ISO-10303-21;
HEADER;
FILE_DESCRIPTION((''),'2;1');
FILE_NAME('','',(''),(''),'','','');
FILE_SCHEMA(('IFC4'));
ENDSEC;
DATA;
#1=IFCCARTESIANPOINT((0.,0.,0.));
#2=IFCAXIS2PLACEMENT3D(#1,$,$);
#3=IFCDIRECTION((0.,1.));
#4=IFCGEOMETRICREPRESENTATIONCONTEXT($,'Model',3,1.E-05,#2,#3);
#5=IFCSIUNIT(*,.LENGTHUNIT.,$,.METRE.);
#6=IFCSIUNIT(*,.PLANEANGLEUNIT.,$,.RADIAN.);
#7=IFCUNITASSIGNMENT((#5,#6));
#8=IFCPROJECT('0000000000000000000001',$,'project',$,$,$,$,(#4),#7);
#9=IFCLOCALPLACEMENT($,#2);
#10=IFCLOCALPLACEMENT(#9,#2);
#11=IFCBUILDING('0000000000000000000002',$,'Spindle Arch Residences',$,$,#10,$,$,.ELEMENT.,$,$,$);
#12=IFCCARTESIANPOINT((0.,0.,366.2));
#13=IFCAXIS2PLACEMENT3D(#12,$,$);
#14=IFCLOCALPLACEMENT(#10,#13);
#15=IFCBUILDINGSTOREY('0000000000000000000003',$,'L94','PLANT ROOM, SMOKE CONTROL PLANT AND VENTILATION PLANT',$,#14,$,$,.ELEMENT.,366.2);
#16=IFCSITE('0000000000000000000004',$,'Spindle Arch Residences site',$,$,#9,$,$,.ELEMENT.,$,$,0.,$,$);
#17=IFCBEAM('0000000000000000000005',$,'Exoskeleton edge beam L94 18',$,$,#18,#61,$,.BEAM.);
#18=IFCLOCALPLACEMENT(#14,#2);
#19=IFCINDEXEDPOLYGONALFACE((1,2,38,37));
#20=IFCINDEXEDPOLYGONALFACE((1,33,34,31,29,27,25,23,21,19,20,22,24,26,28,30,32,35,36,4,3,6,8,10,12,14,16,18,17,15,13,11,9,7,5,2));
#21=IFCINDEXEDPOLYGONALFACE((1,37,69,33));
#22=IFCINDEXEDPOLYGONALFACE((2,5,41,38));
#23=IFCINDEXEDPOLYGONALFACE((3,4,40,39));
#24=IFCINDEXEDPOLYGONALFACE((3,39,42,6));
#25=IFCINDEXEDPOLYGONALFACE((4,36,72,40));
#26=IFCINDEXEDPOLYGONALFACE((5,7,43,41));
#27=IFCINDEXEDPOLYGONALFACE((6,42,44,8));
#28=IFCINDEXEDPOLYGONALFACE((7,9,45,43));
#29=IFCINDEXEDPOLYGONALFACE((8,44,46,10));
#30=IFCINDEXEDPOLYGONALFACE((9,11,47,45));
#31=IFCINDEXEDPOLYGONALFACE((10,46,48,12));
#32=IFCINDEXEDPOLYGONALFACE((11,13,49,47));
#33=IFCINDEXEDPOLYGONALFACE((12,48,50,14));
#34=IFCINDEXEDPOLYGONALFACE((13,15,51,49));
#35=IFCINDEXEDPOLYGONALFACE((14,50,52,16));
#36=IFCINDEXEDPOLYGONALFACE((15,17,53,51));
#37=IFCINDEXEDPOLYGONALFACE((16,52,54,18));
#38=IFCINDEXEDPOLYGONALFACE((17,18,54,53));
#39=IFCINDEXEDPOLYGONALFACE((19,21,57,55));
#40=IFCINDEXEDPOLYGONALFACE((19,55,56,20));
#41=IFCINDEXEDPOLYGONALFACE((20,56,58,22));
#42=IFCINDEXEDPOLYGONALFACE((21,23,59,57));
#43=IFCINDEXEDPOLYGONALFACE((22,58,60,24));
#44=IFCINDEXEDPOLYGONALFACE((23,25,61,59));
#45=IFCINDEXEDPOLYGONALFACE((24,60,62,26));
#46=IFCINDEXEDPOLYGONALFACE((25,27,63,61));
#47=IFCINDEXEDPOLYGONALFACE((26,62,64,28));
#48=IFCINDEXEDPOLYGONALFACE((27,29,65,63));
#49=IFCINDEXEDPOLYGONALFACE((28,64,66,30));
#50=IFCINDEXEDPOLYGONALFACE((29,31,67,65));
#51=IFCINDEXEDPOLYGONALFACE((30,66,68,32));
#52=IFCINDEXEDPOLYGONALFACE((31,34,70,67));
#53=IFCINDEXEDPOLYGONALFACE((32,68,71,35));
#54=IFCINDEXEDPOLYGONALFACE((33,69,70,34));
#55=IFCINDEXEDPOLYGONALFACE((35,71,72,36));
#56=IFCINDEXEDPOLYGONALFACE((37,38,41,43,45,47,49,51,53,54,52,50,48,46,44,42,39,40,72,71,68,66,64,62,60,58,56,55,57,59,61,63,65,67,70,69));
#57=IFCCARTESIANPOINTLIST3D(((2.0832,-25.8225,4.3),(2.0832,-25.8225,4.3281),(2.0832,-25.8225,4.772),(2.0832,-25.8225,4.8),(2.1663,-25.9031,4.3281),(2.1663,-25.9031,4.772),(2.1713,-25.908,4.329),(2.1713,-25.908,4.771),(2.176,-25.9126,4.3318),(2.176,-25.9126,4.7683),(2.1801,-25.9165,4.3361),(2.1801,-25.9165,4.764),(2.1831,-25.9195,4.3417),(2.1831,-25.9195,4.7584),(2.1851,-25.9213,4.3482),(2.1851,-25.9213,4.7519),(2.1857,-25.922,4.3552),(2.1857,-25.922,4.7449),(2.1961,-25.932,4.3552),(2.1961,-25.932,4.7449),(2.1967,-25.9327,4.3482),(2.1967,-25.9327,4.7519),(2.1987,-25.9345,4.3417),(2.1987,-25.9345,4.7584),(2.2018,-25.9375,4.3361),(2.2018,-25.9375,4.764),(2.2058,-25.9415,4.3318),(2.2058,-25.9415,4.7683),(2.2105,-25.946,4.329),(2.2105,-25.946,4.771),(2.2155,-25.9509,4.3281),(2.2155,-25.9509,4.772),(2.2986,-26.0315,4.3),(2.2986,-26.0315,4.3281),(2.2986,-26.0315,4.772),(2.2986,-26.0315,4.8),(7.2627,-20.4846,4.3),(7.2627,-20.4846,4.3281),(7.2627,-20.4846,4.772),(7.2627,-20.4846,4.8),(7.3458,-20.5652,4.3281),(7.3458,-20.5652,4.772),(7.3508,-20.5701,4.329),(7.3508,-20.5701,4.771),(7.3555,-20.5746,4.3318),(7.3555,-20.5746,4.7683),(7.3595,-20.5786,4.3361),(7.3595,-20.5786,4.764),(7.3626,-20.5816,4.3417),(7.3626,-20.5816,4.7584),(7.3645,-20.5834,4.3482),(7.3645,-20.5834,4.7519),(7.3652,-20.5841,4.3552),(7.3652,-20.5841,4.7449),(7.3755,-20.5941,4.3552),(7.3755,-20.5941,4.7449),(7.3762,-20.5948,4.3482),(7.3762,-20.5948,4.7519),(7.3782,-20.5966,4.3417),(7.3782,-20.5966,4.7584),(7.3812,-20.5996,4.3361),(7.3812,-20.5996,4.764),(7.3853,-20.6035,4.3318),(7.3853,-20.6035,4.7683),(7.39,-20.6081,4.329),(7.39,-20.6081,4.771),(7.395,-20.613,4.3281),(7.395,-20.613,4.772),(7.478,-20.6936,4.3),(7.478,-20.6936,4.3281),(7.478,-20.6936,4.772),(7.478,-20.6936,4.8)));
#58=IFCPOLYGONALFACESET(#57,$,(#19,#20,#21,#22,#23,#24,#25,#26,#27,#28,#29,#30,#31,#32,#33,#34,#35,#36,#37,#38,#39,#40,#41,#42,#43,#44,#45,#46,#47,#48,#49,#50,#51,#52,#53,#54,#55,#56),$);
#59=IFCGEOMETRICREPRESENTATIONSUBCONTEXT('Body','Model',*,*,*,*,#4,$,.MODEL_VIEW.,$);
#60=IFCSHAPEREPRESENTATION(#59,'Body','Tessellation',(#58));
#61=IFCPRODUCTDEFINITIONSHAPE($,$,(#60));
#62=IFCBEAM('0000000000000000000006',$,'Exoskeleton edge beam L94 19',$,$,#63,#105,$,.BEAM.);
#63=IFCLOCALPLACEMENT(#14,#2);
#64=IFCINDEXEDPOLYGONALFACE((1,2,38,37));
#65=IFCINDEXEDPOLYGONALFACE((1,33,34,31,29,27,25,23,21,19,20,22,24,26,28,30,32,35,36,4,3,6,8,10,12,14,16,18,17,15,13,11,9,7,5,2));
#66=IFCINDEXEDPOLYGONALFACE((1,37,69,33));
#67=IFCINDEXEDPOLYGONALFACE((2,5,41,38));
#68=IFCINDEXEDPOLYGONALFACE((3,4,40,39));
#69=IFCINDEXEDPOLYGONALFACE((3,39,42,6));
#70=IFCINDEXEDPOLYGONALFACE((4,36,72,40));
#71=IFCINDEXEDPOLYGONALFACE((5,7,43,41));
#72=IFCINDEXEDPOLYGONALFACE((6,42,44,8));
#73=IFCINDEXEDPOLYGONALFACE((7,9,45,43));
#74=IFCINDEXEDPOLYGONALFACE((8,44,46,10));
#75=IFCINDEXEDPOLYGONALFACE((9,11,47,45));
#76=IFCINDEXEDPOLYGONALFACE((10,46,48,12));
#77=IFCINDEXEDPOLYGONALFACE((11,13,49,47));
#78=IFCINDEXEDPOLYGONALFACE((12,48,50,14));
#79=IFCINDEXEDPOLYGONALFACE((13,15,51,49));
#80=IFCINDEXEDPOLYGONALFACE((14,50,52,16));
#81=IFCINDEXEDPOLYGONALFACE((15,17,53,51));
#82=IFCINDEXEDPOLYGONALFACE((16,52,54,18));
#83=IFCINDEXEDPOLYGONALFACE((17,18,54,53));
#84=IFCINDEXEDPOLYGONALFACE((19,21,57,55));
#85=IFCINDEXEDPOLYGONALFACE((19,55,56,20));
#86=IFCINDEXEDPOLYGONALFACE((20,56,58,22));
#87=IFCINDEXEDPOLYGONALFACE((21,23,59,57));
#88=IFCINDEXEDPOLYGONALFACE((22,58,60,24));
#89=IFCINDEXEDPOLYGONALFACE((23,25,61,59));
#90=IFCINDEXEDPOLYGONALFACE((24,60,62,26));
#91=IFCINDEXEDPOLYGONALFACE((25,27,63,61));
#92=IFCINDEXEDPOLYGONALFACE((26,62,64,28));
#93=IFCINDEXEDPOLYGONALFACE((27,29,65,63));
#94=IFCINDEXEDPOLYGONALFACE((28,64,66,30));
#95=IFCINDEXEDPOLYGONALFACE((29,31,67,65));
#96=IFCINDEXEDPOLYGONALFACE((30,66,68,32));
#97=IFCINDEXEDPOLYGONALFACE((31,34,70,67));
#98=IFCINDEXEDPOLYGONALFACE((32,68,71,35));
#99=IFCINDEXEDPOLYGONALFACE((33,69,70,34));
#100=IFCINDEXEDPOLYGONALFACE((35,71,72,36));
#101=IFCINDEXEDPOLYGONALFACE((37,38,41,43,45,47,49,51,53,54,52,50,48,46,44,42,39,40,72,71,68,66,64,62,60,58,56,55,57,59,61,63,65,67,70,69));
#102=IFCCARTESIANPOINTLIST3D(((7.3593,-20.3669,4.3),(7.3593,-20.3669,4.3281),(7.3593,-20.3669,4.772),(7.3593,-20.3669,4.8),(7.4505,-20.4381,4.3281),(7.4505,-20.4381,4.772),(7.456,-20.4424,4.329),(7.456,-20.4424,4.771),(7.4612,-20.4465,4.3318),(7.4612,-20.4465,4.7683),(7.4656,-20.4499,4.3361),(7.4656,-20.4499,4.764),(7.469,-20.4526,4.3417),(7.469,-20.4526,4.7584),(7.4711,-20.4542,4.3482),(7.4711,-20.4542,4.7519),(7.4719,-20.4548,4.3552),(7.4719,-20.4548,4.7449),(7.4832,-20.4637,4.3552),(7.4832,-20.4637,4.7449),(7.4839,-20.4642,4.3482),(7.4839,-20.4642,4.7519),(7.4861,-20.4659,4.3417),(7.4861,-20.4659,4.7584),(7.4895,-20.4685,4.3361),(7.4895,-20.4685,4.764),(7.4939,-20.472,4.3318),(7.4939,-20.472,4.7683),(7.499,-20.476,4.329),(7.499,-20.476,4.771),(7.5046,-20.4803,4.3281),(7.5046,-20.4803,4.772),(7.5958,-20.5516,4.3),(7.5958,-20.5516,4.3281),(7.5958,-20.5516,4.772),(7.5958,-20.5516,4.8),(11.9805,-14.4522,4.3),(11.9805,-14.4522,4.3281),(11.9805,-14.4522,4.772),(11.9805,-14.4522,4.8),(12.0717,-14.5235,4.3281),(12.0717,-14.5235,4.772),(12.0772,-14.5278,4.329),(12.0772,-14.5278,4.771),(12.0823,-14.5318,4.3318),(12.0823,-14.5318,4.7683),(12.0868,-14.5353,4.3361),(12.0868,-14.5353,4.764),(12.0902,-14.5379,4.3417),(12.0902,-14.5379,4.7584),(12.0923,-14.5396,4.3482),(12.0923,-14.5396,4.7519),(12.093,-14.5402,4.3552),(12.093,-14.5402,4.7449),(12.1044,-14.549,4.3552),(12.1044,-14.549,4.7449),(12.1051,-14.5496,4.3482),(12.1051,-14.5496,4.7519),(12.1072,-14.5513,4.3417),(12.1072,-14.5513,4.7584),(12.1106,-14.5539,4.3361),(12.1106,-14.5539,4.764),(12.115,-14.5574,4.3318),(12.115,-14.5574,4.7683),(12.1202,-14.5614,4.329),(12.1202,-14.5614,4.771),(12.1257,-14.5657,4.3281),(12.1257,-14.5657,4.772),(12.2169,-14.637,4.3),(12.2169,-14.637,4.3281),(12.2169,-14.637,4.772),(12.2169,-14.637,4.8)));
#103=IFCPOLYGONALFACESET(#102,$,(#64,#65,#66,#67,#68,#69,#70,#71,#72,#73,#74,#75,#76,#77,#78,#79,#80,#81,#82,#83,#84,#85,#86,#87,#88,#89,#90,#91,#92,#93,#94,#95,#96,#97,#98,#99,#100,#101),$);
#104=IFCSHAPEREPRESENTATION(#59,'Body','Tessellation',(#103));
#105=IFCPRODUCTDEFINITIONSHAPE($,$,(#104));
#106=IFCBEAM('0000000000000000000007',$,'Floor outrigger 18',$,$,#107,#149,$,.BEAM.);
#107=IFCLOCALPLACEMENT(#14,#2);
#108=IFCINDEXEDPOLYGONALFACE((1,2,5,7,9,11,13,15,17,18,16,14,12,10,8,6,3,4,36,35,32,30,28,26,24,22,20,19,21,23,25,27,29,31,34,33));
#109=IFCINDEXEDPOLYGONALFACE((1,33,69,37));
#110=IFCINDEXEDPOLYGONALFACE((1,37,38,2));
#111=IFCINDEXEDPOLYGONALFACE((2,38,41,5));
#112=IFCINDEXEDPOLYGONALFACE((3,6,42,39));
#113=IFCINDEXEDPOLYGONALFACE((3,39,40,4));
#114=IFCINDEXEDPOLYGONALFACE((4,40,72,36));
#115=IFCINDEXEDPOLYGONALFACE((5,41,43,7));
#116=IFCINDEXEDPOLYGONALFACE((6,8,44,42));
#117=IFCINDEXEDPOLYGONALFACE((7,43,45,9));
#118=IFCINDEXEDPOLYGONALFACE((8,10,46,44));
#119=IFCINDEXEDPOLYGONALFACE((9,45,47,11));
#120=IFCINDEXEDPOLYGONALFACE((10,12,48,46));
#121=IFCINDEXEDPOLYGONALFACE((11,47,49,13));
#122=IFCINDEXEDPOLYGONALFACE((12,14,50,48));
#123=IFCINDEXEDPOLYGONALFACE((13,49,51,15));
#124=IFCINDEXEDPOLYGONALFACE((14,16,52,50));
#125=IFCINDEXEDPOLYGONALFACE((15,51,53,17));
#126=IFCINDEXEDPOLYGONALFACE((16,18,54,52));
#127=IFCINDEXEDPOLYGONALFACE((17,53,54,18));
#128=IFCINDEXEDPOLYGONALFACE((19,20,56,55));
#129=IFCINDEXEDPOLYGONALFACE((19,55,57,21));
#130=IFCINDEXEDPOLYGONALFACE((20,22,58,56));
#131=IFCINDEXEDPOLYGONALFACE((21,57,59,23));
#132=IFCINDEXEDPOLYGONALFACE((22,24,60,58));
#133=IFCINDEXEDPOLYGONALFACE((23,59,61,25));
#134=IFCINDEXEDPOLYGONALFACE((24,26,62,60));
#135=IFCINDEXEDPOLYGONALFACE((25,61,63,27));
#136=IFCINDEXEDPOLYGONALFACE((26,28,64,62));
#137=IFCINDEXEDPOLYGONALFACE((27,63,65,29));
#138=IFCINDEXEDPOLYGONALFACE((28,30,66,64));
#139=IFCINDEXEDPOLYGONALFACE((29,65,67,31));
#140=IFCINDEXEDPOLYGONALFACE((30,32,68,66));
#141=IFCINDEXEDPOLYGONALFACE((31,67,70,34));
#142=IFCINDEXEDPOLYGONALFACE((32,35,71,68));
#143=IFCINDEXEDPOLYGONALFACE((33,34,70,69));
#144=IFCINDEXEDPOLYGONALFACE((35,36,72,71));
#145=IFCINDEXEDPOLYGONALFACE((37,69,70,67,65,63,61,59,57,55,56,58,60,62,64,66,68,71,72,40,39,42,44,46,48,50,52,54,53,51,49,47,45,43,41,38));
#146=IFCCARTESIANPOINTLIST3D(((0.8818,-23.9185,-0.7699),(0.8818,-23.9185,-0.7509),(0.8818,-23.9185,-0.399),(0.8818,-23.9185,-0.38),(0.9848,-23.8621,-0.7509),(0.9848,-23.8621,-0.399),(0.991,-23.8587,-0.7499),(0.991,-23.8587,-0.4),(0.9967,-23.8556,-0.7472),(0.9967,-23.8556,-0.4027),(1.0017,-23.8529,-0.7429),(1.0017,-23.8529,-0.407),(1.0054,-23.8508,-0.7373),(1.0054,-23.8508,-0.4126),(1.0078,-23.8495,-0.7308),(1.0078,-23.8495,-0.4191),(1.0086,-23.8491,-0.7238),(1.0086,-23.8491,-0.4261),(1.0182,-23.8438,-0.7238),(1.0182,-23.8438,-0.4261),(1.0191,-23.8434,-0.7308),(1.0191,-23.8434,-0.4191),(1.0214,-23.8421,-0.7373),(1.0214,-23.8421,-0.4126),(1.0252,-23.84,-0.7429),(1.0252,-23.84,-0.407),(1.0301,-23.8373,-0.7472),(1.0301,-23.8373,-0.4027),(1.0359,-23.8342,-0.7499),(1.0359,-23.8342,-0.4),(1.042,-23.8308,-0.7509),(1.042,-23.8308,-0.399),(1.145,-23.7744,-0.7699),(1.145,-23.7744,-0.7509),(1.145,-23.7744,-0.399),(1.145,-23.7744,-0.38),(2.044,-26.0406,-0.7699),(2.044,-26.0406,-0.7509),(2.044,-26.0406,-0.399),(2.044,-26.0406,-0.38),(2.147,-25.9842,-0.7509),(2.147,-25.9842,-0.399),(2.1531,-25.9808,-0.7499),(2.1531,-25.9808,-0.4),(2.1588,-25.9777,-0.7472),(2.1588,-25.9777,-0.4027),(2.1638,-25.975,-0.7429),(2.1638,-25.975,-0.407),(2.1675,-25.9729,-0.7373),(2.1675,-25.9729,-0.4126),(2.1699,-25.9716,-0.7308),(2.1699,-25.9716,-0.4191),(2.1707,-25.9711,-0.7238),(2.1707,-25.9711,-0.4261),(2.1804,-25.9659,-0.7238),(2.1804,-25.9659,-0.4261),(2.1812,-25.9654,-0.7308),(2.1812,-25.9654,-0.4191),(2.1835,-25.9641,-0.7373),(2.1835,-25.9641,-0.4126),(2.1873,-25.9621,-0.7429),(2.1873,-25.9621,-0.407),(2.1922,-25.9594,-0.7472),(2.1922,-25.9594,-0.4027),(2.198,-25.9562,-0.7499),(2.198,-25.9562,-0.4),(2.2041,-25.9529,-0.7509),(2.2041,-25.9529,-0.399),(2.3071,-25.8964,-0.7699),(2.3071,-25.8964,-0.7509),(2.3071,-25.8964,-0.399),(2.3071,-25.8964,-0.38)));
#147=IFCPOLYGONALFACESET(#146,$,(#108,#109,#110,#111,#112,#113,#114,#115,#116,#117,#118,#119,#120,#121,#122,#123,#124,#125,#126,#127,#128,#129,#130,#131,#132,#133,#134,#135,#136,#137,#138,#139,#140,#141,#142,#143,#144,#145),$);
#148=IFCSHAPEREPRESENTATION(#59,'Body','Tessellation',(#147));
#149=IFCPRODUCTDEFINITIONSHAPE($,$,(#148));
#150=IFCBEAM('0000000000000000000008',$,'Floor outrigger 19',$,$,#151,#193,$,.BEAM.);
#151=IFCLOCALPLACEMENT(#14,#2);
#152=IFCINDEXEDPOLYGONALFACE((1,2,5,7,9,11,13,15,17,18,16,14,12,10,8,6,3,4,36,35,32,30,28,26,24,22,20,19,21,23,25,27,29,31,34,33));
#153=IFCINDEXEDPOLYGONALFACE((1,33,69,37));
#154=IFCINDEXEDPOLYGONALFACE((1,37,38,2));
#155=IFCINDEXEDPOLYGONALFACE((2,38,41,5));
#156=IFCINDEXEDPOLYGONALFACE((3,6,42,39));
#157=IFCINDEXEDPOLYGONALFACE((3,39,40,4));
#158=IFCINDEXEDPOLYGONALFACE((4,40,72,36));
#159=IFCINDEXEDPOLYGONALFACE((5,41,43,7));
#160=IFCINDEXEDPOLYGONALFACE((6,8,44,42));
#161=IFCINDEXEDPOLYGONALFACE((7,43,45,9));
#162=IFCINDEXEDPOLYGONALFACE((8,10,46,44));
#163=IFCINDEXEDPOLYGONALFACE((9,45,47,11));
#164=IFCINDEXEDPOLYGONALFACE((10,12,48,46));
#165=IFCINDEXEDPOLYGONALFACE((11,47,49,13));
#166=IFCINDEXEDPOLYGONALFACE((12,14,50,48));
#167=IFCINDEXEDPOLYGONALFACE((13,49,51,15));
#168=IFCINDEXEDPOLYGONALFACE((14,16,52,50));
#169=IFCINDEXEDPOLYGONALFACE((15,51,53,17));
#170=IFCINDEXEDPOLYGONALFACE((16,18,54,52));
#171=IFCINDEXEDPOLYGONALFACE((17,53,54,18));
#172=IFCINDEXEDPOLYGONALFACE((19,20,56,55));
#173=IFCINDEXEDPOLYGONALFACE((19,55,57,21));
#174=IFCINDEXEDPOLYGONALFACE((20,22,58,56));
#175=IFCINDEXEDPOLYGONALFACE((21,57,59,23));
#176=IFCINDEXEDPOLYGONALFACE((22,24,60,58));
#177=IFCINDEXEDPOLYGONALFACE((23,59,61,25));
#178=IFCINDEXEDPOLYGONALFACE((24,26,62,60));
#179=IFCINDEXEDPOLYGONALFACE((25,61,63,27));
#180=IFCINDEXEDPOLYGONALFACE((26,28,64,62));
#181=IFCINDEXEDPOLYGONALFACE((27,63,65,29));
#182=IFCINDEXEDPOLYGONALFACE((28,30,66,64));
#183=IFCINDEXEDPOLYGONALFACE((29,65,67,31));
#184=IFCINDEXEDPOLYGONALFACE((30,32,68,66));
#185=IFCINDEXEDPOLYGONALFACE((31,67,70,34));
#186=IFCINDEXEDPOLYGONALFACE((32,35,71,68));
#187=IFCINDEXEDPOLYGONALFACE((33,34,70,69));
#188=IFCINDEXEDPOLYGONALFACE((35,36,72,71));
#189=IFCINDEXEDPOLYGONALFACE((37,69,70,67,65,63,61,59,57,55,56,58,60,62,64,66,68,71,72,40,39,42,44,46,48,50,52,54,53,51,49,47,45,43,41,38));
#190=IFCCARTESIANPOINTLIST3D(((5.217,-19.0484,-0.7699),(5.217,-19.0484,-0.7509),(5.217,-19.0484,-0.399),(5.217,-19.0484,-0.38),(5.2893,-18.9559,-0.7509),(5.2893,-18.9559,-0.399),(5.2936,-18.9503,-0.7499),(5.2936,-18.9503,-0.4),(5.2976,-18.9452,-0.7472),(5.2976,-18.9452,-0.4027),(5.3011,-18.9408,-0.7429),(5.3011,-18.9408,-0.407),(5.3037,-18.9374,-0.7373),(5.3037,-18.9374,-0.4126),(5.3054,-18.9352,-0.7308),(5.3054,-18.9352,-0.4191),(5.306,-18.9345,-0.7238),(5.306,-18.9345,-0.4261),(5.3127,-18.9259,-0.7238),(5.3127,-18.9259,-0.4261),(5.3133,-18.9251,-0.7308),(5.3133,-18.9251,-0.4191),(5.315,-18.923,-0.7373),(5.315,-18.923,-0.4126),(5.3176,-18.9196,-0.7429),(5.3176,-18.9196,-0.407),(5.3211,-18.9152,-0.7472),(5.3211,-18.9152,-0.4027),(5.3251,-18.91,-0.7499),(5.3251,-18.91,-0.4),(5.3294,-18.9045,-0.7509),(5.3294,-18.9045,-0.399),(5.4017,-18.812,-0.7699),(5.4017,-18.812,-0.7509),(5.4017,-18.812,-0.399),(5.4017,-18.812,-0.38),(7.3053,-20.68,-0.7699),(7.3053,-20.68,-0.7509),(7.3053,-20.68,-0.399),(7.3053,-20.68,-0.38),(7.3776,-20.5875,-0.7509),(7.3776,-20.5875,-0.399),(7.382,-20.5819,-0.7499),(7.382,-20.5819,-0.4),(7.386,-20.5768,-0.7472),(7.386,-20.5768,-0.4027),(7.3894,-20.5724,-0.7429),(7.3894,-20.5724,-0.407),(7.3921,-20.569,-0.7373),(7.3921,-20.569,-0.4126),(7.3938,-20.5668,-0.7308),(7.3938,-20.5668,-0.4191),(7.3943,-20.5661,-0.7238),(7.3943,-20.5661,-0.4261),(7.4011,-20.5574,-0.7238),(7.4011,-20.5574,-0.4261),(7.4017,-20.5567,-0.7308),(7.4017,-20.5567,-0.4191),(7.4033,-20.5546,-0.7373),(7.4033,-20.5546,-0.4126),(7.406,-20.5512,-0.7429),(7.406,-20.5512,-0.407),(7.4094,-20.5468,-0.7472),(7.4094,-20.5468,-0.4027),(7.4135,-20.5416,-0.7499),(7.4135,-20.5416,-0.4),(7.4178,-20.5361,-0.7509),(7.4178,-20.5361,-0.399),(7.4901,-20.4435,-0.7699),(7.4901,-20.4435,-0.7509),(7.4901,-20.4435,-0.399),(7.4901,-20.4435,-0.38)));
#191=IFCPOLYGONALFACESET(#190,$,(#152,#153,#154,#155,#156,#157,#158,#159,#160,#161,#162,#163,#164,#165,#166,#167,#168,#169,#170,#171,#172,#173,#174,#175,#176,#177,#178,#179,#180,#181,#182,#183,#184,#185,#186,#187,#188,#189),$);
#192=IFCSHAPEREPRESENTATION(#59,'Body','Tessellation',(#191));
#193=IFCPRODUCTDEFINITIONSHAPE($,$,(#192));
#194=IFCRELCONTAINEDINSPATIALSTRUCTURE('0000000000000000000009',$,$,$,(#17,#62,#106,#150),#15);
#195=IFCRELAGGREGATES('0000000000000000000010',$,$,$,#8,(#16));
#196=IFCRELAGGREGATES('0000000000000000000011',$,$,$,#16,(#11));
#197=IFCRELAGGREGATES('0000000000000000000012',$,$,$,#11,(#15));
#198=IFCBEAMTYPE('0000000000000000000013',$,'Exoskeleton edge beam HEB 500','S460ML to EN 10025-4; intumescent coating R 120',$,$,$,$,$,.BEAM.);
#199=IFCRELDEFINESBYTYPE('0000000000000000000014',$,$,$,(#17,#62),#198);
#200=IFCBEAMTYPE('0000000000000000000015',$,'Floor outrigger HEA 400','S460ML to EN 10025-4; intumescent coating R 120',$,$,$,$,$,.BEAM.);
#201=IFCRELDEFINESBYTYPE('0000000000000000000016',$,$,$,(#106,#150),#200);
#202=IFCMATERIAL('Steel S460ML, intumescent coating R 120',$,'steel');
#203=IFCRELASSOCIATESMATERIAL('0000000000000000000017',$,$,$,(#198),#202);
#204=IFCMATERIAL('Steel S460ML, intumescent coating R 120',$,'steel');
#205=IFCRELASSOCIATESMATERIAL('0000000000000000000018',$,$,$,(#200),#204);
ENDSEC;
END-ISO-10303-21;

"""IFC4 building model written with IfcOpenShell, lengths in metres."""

from ifc_helpers import new_model, si_unit, direction, frame, origin, origin_2d, place, context, subcontext, project, spatial, i_section, extrude, material, material_profile, profile_set, type_object, element, save


model = new_model("IFC4")

# Units and contexts
model_context = context("Model", 3, precision=1e-05, world=origin(), true_north=direction((0.0, 1.0)))
body_context = subcontext(model_context, "Body", "Model", "MODEL_VIEW")
ifc_project = project(units=[si_unit("LENGTHUNIT", "METRE"), si_unit("PLANEANGLEUNIT", "RADIAN")], contexts=[model_context])

# Site, building, storey
site_placement = place(None, origin())
site = spatial("IfcSite", under=ifc_project, at=site_placement, Name="Spindle Arch Residences site", CompositionType="ELEMENT", RefElevation=0.0)
building_placement = place(site_placement, origin())
building = spatial("IfcBuilding", under=site, at=building_placement, Name="Spindle Arch Residences", CompositionType="ELEMENT")
storey_placement = place(building_placement, frame((0.0, 0.0, 366.2)))
storey = spatial("IfcBuildingStorey", under=building, at=storey_placement, Name="L94", Description="PLANT ROOM, SMOKE CONTROL PLANT AND VENTILATION PLANT", CompositionType="ELEMENT", Elevation=366.2)

# Beams
ifc_material_1 = material(Name="Steel S460ML, intumescent coating R 120", Category="steel")
ifc_material_profile_1 = material_profile(ifc_material_1, i_section(OverallWidth=0.3, OverallDepth=0.5, WebThickness=0.0144, FlangeThickness=0.0281, FilletRadius=0.0271, at=origin_2d()), Name="HEB 500")
ifc_profile_set_1 = profile_set([ifc_material_profile_1], Name="Steel S460ML, intumescent coating R 120")
beam_type_1 = type_object("IfcBeamType", Name="Exoskeleton edge beam HEB 500", Description="S460ML to EN 10025-4; intumescent coating R 120", PredefinedType="BEAM", material=ifc_profile_set_1)
beam_1_placement = place(storey_placement, frame((2.1909, -25.927, 4.55), z_axis=(0.696375, 0.717678, 0.0), x_axis=(-0.717678, 0.696375, 0.0)))
element("IfcBeam", 1, at=beam_1_placement, inside=storey, type_object=beam_type_1, Name="Exoskeleton edge beam L94 18", PredefinedType="BEAM", context=body_context, shape_type="SweptSolid", body=[
    extrude(i_section(OverallWidth=0.3, OverallDepth=0.5, WebThickness=0.0144, FlangeThickness=0.0281, FilletRadius=0.0271, at=origin_2d()), origin(), (0.0, 0.0, 1.0), 7.4377),
])
beam_2_placement = place(storey_placement, frame((7.4775, -20.4592, 4.55), z_axis=(0.615673, 0.788002, 0.0), x_axis=(-0.788002, 0.615673, 0.0)))
element("IfcBeam", 2, at=beam_2_placement, inside=storey, type_object=beam_type_1, Name="Exoskeleton edge beam L94 19", PredefinedType="BEAM", context=body_context, shape_type="SweptSolid", body=[
    extrude(i_section(OverallWidth=0.3, OverallDepth=0.5, WebThickness=0.0144, FlangeThickness=0.0281, FilletRadius=0.0271, at=origin_2d()), origin(), (0.0, 0.0, 1.0), 7.5059),
])
ifc_material_2 = material(Name="Steel S460ML, intumescent coating R 120", Category="steel")
ifc_material_profile_2 = material_profile(ifc_material_2, i_section(OverallWidth=0.3, OverallDepth=0.3899, WebThickness=0.011, FlangeThickness=0.019, FilletRadius=0.0271, at=origin_2d()), Name="HEA 400")
ifc_profile_set_2 = profile_set([ifc_material_profile_2], Name="Steel S460ML, intumescent coating R 120")
beam_type_2 = type_object("IfcBeamType", Name="Floor outrigger HEA 400", Description="S460ML to EN 10025-4; intumescent coating R 120", PredefinedType="BEAM", material=ifc_profile_set_2)
beam_3_placement = place(storey_placement, frame((2.1755, -25.9685, -0.575), z_axis=(-0.480322, 0.877092, 0.0), x_axis=(-0.877092, -0.480322, 0.0)))
element("IfcBeam", 3, at=beam_3_placement, inside=storey, type_object=beam_type_2, Name="Floor outrigger 18", PredefinedType="BEAM", context=body_context, shape_type="SweptSolid", body=[
    extrude(i_section(OverallWidth=0.3, OverallDepth=0.3899, WebThickness=0.011, FlangeThickness=0.019, FilletRadius=0.0271, at=origin_2d()), origin(), (0.0, 0.0, 1.0), 2.4194),
])
beam_4_placement = place(storey_placement, frame((7.3977, -20.5618, -0.575), z_axis=(-0.788016, 0.615655, 0.0), x_axis=(-0.615655, -0.788016, 0.0)))
element("IfcBeam", 4, at=beam_4_placement, inside=storey, type_object=beam_type_2, Name="Floor outrigger 19", PredefinedType="BEAM", context=body_context, shape_type="SweptSolid", body=[
    extrude(i_section(OverallWidth=0.3, OverallDepth=0.3899, WebThickness=0.011, FlangeThickness=0.019, FilletRadius=0.0271, at=origin_2d()), origin(), (0.0, 0.0, 1.0), 2.6501),
])

save(model, "model.ifc")
